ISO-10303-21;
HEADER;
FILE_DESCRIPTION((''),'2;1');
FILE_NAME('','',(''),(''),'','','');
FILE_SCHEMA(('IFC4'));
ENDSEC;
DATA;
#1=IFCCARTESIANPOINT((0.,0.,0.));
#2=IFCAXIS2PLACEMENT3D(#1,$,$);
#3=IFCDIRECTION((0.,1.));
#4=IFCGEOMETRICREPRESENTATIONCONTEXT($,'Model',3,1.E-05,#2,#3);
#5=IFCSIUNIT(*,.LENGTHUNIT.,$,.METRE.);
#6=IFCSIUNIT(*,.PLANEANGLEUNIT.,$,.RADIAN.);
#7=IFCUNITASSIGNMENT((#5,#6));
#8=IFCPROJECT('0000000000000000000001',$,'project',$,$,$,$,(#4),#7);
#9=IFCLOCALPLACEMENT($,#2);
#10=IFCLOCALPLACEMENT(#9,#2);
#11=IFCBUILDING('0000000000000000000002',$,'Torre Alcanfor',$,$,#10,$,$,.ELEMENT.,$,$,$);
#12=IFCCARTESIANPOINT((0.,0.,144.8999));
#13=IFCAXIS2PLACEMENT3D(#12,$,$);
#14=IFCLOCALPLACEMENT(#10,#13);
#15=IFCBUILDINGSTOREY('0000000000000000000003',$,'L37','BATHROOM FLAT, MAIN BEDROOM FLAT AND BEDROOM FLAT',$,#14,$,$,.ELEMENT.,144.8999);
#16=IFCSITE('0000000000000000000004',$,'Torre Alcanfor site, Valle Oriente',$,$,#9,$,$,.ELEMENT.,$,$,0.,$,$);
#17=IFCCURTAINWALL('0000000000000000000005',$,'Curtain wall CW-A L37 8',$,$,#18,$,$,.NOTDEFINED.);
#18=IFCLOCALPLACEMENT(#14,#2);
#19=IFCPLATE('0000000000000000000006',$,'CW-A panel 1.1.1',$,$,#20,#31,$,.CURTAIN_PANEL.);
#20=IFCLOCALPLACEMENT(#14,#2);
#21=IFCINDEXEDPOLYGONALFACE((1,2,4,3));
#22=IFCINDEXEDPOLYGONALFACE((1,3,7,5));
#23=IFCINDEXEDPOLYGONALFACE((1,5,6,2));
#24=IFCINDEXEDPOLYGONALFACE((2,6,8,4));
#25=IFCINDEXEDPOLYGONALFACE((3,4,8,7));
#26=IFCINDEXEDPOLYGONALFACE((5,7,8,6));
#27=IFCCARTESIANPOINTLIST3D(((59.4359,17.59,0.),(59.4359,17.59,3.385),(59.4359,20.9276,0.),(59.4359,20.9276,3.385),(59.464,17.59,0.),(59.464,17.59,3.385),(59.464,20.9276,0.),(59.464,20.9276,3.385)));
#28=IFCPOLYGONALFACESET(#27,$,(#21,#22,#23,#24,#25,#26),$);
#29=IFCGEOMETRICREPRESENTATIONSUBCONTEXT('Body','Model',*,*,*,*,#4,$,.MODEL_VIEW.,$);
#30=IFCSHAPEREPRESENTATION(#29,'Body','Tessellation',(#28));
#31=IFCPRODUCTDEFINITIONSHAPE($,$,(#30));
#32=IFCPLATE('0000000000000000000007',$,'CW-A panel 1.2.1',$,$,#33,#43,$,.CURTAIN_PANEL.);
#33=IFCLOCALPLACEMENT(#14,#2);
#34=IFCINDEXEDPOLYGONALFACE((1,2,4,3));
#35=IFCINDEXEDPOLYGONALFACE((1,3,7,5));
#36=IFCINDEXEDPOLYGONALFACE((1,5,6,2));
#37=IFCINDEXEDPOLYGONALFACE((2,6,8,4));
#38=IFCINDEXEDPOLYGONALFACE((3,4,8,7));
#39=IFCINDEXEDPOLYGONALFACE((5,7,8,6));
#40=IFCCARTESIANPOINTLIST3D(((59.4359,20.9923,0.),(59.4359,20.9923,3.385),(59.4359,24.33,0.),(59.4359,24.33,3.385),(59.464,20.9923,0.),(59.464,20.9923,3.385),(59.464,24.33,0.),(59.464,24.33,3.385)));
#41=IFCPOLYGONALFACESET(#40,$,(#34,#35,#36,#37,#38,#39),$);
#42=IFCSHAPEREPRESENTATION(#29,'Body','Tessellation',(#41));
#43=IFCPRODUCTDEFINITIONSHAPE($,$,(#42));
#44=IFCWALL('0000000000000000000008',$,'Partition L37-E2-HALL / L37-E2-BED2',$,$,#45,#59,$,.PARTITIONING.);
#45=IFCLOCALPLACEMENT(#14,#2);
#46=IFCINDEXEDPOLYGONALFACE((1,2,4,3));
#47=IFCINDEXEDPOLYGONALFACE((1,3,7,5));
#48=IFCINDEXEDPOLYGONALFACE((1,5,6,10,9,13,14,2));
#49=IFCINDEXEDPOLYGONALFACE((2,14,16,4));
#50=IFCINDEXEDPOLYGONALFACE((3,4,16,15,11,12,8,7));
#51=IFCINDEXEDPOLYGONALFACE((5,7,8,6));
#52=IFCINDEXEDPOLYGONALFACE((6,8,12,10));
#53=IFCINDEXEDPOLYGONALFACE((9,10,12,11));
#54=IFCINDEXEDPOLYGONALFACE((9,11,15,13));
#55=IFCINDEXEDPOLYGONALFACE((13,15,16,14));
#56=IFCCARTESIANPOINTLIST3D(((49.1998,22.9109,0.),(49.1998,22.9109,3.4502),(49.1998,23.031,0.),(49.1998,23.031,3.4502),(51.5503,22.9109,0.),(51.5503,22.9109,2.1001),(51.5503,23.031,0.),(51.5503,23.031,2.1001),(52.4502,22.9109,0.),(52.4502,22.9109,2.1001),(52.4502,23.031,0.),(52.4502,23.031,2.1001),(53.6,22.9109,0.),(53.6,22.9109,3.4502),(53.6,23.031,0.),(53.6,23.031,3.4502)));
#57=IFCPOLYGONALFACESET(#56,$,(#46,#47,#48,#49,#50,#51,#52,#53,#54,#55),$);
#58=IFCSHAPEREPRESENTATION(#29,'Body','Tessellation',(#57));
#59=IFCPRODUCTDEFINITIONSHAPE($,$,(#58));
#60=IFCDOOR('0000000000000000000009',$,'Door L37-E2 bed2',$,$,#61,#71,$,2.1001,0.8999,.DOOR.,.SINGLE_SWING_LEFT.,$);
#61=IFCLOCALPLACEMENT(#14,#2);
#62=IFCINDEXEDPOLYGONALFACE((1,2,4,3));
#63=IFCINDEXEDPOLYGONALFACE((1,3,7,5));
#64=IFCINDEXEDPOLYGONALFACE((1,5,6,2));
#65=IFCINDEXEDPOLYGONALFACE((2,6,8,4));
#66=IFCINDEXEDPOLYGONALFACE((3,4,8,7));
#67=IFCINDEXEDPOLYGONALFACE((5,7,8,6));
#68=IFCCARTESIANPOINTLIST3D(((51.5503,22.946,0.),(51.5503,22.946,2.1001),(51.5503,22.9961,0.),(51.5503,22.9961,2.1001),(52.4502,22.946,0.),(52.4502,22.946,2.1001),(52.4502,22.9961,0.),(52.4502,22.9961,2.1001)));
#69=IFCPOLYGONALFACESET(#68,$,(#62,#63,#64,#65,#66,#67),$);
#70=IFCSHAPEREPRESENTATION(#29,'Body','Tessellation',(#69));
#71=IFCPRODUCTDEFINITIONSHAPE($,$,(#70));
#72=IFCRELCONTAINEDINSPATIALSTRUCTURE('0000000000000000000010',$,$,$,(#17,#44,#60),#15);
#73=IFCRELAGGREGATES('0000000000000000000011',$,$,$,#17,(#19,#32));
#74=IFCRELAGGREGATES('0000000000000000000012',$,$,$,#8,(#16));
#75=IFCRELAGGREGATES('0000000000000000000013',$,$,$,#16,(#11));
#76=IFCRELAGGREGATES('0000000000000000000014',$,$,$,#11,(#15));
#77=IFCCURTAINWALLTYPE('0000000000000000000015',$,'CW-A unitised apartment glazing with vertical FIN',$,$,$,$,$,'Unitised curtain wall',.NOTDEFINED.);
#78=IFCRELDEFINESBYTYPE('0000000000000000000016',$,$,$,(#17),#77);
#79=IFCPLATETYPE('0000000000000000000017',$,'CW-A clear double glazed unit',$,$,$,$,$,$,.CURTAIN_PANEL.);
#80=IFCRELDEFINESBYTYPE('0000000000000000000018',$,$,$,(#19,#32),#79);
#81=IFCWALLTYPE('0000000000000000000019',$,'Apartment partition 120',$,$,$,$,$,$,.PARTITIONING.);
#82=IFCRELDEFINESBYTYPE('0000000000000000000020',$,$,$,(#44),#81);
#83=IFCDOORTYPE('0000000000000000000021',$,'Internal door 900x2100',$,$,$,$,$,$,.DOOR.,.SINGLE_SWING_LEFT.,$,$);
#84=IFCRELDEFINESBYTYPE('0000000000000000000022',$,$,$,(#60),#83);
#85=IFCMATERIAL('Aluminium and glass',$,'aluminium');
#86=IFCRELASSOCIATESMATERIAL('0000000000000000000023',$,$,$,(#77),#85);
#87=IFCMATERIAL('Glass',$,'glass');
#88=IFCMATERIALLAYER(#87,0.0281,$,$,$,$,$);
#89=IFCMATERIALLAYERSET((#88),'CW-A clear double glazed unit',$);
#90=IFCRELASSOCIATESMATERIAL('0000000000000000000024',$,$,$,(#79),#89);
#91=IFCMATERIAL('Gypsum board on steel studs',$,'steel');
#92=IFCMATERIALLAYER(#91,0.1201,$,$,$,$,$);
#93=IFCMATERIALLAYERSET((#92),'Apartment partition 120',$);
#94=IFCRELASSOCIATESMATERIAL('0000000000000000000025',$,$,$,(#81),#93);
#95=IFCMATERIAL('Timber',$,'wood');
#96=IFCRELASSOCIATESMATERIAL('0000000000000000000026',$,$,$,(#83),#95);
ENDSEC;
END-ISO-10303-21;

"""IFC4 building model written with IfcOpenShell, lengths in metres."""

from ifc_helpers import new_model, si_unit, direction, frame, frame_2d, origin, origin_2d, place, context, subcontext, project, spatial, rectangle, extrude, material, layer, layer_set, type_object, element, fill, aggregate, save


model = new_model("IFC4")

# Units and contexts
model_context = context("Model", 3, precision=1e-05, world=origin(), true_north=direction((0.0, 1.0)))
body_context = subcontext(model_context, "Body", "Model", "MODEL_VIEW")
ifc_project = project(units=[si_unit("LENGTHUNIT", "METRE"), si_unit("PLANEANGLEUNIT", "RADIAN")], contexts=[model_context])

# Site, building, storey
site_placement = place(None, origin())
site = spatial("IfcSite", under=ifc_project, at=site_placement, Name="Torre Alcanfor site, Valle Oriente", CompositionType="ELEMENT", RefElevation=0.0)
building_placement = place(site_placement, origin())
building = spatial("IfcBuilding", under=site, at=building_placement, Name="Torre Alcanfor", CompositionType="ELEMENT")
storey_placement = place(building_placement, frame((0.0, 0.0, 144.8999)))
storey = spatial("IfcBuildingStorey", under=building, at=storey_placement, Name="L37", Description="BATHROOM FLAT, MAIN BEDROOM FLAT AND BEDROOM FLAT", CompositionType="ELEMENT", Elevation=144.8999)

# Curtain wall
ifc_material_1 = material(Name="Aluminium and glass", Category="aluminium")
curtain_wall_type = type_object("IfcCurtainWallType", Name="CW-A unitised apartment glazing with vertical FIN", ElementType="Unitised curtain wall", PredefinedType="NOTDEFINED", material=ifc_material_1)
curtain_wall_placement = place(storey_placement, origin())
curtain_wall = element("IfcCurtainWall", 1, at=curtain_wall_placement, inside=storey, type_object=curtain_wall_type, Name="Curtain wall CW-A L37 8", PredefinedType="NOTDEFINED")

# Plates
ifc_material_2 = material(Name="Glass", Category="glass")
ifc_layer_1 = layer(ifc_material_2, 0.0281)
ifc_layer_set_1 = layer_set([ifc_layer_1], Name="CW-A clear double glazed unit")
plate_type = type_object("IfcPlateType", Name="CW-A clear double glazed unit", PredefinedType="CURTAIN_PANEL", material=ifc_layer_set_1)
plate_1_placement = place(storey_placement, frame((59.45, 19.2588, 0.0), z_axis=(0.0, 0.0, 1.0), x_axis=(0.0, 1.0, 0.0)))
plate_1 = element("IfcPlate", 2, at=plate_1_placement, type_object=plate_type, Name="CW-A panel 1.1.1", PredefinedType="CURTAIN_PANEL", context=body_context, shape_type="SweptSolid", body=[
    extrude(rectangle(XDim=3.3376, YDim=0.0281, at=origin_2d()), origin(), (0.0, 0.0, 1.0), 3.385),
])
plate_2_placement = place(storey_placement, frame((59.45, 22.6611, 0.0), z_axis=(0.0, 0.0, 1.0), x_axis=(0.0, 1.0, 0.0)))
plate_2 = element("IfcPlate", 3, at=plate_2_placement, type_object=plate_type, Name="CW-A panel 1.2.1", PredefinedType="CURTAIN_PANEL", context=body_context, shape_type="SweptSolid", body=[
    extrude(rectangle(XDim=3.3376, YDim=0.0281, at=origin_2d()), origin(), (0.0, 0.0, 1.0), 3.385),
])
aggregate(curtain_wall, [plate_1, plate_2])

# Wall, opening, door
ifc_material_3 = material(Name="Gypsum board on steel studs", Category="steel")
ifc_layer_2 = layer(ifc_material_3, 0.1201)
ifc_layer_set_2 = layer_set([ifc_layer_2], Name="Apartment partition 120")
wall_type_1 = type_object("IfcWallType", Name="Apartment partition 120", PredefinedType="PARTITIONING", material=ifc_layer_set_2)
wall_1_placement = place(storey_placement, frame((53.6001, 22.9709, 0.0), z_axis=(0.0, 0.0, 1.0), x_axis=(-1.0, 0.0, 0.0)))
wall_1 = element("IfcWall", 4, at=wall_1_placement, inside=storey, type_object=wall_type_1, Name="Partition L37-E2-HALL / L37-E2-BED2", PredefinedType="PARTITIONING", context=body_context, shape_type="SweptSolid", body=[
    extrude(rectangle(XDim=4.4001, YDim=0.1201, at=frame_2d((2.2002, 0.0))), origin(), (0.0, 0.0, 1.0), 3.4502),
])
opening_placement = place(wall_1_placement, frame((1.1499, 0.0, 0.0)))
opening = element("IfcOpeningElement", 5, at=opening_placement, cuts=wall_1, PredefinedType="OPENING", context=body_context, shape_type="SweptSolid", body=[
    extrude(rectangle(XDim=0.8999, YDim=2.1001, at=frame_2d((0.45, 1.05))), frame((0.0, 0.0701, 0.0), z_axis=(0.0, -1.0, 0.0), x_axis=(1.0, 0.0, 0.0)), (0.0, 0.0, 1.0), 0.1401),
])
ifc_material_4 = material(Name="Timber", Category="wood")
door_type = type_object("IfcDoorType", Name="Internal door 900x2100", OperationType="SINGLE_SWING_LEFT", PredefinedType="DOOR", material=ifc_material_4)
door_placement = place(opening_placement, origin())
door = element("IfcDoor", 6, at=door_placement, inside=storey, type_object=door_type, Name="Door L37-E2 bed2", OperationType="SINGLE_SWING_LEFT", OverallHeight=2.1001, OverallWidth=0.8999, PredefinedType="DOOR", context=body_context, shape_type="SweptSolid", body=[
    extrude(rectangle(XDim=0.8999, YDim=2.1001, at=frame_2d((0.45, 1.05))), frame((0.0, 0.0249, 0.0), z_axis=(0.0, -1.0, 0.0), x_axis=(1.0, 0.0, 0.0)), (0.0, 0.0, 1.0), 0.05),
])
fill(opening, door)

save(model, "model.ifc")
